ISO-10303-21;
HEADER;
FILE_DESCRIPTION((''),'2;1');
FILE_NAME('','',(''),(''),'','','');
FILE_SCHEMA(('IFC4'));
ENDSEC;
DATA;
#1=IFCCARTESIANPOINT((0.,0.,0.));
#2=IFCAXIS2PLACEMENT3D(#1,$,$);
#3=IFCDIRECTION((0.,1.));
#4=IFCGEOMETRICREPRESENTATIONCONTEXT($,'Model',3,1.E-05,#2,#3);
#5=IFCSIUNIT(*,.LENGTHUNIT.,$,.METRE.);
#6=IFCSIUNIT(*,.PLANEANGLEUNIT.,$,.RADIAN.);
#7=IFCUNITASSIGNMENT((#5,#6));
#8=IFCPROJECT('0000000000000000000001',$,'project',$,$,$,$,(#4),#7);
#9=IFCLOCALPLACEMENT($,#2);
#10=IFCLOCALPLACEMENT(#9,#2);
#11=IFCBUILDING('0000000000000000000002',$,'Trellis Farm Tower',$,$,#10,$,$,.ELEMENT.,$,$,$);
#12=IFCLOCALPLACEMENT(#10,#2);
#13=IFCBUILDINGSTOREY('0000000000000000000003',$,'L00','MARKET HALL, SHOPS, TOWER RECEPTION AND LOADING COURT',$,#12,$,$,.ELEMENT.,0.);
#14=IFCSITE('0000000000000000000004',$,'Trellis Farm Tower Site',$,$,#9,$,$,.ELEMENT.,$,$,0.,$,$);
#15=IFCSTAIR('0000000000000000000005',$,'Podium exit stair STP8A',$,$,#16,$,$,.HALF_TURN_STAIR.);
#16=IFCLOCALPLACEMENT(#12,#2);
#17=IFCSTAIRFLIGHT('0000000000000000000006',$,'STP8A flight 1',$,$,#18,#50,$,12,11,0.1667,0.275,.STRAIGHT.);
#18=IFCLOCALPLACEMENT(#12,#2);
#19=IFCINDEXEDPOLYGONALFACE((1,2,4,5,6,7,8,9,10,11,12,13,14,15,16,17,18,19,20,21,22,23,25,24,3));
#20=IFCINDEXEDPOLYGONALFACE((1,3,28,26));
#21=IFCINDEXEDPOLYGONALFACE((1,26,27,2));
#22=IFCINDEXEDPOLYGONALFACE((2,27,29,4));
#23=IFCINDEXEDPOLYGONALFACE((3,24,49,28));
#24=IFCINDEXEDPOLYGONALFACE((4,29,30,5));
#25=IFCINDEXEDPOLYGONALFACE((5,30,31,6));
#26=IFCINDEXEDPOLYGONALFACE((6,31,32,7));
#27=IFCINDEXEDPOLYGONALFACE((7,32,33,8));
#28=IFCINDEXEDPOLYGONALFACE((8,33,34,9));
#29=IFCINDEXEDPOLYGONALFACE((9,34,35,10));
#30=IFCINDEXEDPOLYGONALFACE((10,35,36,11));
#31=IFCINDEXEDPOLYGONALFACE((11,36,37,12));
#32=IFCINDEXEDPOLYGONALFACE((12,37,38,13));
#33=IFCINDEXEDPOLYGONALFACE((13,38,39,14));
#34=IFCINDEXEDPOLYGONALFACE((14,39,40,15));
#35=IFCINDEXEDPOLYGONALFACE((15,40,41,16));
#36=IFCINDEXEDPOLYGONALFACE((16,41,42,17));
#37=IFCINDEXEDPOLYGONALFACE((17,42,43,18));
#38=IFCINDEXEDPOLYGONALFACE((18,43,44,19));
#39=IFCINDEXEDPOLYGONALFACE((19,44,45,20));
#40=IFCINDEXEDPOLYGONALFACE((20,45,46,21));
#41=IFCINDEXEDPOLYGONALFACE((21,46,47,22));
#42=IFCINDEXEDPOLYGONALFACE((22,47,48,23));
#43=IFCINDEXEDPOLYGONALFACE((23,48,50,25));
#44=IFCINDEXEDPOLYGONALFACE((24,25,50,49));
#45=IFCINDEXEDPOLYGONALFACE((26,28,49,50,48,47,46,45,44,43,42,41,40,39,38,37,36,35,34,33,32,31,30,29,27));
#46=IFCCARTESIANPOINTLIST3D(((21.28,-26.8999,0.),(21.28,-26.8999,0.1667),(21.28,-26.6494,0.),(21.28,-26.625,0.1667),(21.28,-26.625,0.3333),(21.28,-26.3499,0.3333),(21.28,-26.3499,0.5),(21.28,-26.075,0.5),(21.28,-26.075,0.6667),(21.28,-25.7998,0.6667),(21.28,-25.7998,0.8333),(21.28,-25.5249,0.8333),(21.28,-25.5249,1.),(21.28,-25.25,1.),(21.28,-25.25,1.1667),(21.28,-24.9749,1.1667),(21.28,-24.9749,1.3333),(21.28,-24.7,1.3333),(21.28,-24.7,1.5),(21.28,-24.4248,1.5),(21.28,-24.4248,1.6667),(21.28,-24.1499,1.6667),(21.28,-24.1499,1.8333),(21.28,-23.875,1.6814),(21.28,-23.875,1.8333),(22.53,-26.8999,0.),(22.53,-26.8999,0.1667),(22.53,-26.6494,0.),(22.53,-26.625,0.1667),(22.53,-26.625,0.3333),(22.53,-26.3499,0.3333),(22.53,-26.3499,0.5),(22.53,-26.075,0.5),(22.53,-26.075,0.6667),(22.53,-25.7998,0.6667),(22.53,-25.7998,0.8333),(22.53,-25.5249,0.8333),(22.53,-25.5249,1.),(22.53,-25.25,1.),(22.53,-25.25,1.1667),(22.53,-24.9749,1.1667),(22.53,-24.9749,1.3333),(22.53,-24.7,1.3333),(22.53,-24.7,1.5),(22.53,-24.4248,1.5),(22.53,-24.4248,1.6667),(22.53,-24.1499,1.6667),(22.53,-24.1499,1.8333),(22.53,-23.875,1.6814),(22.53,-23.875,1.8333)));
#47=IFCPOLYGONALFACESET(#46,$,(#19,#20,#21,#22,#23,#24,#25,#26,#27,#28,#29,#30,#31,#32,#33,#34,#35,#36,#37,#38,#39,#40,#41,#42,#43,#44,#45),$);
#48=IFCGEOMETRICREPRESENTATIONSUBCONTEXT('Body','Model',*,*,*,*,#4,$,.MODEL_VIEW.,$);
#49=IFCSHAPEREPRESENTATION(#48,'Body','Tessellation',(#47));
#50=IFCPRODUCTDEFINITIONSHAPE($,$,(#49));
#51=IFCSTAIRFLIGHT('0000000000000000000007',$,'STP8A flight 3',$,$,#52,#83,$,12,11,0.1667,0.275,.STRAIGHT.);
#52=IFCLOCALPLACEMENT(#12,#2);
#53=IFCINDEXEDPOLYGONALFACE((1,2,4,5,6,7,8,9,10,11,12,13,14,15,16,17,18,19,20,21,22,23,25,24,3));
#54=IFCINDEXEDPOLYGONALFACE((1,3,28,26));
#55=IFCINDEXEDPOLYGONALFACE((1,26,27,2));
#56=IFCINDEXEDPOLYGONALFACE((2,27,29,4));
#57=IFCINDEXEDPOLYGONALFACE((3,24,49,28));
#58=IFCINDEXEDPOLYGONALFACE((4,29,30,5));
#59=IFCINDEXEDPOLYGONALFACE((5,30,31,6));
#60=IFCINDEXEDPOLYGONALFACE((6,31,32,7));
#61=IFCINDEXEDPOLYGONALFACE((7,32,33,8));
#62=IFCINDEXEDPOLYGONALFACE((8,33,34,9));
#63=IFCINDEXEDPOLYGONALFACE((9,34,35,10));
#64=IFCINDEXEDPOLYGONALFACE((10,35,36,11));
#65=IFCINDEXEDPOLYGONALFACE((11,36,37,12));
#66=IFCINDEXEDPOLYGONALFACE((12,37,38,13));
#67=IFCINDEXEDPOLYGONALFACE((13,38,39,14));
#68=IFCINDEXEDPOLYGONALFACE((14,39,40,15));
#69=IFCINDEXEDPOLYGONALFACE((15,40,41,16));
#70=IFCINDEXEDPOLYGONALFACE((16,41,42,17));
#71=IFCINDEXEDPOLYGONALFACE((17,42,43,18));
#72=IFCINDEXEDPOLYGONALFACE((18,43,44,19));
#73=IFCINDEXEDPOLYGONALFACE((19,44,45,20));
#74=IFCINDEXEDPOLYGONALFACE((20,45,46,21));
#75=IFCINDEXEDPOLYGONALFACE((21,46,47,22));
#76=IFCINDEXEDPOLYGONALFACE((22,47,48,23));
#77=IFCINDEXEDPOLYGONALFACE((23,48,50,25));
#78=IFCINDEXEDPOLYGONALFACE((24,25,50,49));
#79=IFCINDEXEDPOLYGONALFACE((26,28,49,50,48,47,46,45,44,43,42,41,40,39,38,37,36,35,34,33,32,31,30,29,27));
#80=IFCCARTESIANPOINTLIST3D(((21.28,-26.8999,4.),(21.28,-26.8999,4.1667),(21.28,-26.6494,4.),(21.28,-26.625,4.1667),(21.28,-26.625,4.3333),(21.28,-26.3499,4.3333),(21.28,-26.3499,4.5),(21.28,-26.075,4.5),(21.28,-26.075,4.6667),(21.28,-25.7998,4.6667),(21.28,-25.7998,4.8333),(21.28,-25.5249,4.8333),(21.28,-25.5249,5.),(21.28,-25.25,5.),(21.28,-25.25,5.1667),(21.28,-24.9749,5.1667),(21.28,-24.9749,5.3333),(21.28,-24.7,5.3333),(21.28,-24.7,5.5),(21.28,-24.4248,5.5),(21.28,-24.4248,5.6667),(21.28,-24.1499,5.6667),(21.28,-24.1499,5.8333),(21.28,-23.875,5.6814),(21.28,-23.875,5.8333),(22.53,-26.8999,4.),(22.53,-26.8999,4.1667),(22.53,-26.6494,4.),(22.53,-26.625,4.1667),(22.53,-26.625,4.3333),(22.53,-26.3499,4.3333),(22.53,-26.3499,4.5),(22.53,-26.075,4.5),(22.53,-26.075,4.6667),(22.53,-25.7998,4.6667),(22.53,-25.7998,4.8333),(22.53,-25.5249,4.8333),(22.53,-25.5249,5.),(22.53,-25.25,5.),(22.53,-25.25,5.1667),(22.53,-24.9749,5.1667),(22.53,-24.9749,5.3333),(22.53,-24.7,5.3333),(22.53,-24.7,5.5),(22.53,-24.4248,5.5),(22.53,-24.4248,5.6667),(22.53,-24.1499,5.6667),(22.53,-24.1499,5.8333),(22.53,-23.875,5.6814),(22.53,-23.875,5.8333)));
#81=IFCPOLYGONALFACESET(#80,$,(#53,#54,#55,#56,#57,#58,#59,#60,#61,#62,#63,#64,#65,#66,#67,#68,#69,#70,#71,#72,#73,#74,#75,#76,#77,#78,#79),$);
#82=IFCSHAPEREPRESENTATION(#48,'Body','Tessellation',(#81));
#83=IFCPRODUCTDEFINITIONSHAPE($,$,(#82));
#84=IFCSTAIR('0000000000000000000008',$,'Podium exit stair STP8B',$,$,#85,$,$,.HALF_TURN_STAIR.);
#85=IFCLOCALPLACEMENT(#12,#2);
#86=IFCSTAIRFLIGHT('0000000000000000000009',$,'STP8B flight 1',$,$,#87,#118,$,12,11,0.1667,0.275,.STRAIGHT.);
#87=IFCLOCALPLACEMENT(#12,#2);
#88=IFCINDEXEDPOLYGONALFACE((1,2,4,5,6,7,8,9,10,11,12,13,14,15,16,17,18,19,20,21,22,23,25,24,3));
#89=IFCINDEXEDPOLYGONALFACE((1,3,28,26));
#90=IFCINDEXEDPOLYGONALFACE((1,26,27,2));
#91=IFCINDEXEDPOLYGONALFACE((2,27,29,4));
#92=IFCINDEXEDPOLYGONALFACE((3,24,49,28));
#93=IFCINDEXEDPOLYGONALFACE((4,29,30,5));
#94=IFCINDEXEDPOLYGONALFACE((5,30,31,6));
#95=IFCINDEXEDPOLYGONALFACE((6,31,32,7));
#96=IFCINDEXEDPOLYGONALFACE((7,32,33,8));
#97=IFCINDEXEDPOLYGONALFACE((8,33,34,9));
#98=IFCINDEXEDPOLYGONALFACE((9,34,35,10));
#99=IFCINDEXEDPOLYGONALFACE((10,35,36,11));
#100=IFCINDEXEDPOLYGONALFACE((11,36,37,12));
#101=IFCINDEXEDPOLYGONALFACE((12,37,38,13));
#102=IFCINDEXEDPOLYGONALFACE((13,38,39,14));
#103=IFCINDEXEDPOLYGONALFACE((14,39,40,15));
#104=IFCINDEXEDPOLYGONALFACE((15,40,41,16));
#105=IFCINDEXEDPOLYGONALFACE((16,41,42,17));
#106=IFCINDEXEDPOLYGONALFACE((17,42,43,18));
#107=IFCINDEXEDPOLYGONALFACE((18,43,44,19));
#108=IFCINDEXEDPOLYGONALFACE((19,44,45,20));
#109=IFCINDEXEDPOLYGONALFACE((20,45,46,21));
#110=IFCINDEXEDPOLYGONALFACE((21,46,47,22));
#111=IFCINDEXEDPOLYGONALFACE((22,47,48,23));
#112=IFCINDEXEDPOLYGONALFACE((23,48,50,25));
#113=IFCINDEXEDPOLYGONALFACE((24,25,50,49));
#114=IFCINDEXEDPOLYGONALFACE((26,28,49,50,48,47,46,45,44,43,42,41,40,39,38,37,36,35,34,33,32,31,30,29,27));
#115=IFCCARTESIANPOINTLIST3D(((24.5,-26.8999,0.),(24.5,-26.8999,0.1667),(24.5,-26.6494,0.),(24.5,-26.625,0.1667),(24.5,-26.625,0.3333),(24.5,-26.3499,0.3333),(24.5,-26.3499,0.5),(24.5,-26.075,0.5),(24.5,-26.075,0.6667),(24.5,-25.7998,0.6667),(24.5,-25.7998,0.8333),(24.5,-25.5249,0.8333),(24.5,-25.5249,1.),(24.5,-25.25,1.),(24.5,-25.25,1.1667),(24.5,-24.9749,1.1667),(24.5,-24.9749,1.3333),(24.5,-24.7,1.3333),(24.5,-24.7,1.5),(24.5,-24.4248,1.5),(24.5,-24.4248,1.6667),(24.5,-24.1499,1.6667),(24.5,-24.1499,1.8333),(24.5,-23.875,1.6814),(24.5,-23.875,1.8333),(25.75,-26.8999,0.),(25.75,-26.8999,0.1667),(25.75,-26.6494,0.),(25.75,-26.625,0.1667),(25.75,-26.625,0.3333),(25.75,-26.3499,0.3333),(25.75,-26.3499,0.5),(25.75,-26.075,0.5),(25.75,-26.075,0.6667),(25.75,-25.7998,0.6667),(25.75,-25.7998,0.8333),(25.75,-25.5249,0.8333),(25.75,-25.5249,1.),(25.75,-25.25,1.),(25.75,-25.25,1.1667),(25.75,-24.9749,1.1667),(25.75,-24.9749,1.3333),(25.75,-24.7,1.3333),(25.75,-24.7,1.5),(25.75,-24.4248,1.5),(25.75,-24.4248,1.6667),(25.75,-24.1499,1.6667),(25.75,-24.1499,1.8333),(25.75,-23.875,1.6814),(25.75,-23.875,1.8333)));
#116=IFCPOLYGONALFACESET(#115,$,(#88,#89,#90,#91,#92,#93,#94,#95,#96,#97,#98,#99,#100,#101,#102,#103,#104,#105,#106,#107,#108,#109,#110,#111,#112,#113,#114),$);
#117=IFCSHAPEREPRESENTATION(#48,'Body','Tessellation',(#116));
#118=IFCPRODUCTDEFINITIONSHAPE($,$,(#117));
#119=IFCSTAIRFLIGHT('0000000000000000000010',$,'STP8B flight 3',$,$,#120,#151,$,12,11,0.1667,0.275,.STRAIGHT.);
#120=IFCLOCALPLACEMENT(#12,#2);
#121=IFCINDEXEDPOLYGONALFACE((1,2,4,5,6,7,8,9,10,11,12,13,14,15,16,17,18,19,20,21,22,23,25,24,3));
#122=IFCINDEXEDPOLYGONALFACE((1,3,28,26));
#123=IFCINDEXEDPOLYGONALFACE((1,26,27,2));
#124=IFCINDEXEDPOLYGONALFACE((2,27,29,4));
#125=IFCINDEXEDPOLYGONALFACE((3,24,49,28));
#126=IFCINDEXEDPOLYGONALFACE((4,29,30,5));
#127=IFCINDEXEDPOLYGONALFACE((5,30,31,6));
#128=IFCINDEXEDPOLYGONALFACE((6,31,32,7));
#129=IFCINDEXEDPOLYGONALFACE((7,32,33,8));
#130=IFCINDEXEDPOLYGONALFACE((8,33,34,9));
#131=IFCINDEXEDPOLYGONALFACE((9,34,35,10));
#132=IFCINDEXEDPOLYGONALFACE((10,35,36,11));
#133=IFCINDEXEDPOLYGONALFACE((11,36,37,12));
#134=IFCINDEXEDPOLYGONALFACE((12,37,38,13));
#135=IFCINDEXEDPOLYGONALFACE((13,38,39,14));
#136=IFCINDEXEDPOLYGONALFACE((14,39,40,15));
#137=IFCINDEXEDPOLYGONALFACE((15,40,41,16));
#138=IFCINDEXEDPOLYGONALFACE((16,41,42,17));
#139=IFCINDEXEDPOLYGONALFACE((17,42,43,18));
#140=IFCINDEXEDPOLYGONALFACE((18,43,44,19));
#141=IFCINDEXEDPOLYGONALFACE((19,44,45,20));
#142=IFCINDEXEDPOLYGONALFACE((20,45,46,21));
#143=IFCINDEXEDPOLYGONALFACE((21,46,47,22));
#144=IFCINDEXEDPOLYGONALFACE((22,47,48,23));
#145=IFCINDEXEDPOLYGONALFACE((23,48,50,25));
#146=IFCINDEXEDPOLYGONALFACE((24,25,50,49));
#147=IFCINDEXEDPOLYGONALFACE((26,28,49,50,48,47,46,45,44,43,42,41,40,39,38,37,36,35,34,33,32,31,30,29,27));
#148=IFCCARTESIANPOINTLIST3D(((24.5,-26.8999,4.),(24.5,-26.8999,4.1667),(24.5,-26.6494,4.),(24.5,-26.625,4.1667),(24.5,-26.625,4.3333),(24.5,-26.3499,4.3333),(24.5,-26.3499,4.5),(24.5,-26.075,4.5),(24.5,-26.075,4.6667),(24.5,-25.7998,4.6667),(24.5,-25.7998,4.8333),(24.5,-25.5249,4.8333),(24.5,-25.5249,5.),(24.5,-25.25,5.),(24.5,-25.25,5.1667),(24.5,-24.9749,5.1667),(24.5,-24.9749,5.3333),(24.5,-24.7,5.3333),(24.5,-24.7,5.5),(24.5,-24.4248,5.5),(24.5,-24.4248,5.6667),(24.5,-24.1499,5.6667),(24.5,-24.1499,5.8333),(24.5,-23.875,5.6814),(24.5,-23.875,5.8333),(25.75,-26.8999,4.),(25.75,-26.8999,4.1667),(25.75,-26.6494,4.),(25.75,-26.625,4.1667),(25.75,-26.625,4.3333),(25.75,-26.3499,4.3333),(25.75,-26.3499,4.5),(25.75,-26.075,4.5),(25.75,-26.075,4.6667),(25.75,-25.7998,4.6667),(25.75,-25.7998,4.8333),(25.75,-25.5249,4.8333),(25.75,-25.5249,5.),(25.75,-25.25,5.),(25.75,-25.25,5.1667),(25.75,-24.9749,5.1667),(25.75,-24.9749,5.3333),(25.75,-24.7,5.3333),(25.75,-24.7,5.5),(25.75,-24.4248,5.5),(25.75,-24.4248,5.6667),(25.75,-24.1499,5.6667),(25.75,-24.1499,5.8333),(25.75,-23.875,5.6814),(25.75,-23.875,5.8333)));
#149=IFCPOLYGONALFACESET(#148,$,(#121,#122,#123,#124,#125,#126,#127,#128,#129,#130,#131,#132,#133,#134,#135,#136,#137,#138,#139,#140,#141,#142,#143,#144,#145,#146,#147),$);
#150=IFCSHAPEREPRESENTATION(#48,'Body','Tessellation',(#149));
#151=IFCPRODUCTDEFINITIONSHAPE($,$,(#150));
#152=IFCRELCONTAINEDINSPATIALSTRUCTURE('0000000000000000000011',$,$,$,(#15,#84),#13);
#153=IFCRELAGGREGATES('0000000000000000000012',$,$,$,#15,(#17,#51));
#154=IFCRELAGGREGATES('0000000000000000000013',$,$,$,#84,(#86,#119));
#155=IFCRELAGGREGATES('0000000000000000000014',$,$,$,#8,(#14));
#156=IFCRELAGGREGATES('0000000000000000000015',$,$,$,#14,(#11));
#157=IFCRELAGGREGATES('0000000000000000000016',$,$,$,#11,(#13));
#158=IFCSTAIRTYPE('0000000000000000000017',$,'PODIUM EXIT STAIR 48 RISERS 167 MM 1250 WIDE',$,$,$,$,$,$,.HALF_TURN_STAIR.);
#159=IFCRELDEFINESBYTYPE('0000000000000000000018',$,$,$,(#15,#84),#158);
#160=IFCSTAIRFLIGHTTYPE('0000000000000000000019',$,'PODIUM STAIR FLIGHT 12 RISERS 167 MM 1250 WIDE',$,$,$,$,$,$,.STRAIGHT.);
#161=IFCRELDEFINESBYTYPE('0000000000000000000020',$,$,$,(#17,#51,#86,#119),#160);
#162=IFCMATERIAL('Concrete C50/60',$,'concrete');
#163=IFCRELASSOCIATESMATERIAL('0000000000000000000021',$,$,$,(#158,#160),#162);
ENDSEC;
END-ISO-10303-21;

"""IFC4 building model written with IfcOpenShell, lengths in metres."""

from ifc_helpers import new_model, si_unit, direction, frame, origin, place, context, subcontext, project, spatial, polyline, outline, extrude, source, transform, mapped, material, type_object, element, aggregate, save


model = new_model("IFC4")

# Units and contexts
model_context = context("Model", 3, precision=1e-05, world=origin(), true_north=direction((0.0, 1.0)))
body_context = subcontext(model_context, "Body", "Model", "MODEL_VIEW")
ifc_project = project(units=[si_unit("LENGTHUNIT", "METRE"), si_unit("PLANEANGLEUNIT", "RADIAN")], contexts=[model_context])

# Site, building, storey
site_placement = place(None, origin())
site = spatial("IfcSite", under=ifc_project, at=site_placement, Name="Trellis Farm Tower Site", CompositionType="ELEMENT", RefElevation=0.0)
building_placement = place(site_placement, origin())
building = spatial("IfcBuilding", under=site, at=building_placement, Name="Trellis Farm Tower", CompositionType="ELEMENT")
storey_placement = place(building_placement, origin())
storey = spatial("IfcBuildingStorey", under=building, at=storey_placement, Name="L00", Description="MARKET HALL, SHOPS, TOWER RECEPTION AND LOADING COURT", CompositionType="ELEMENT", Elevation=0.0)

# Stairs, stair flights
ifc_material_1 = material(Name="Concrete C50/60", Category="concrete")
stair_type = type_object("IfcStairType", Name="PODIUM EXIT STAIR 48 RISERS 167 MM 1250 WIDE", PredefinedType="HALF_TURN_STAIR", material=ifc_material_1)
placement = place(storey_placement, origin())
stair_1 = element("IfcStair", 1, at=placement, inside=storey, type_object=stair_type, Name="Podium exit stair STP8A", PredefinedType="HALF_TURN_STAIR")
stair_flight_type = type_object("IfcStairFlightType", Name="PODIUM STAIR FLIGHT 12 RISERS 167 MM 1250 WIDE", PredefinedType="STRAIGHT", material=ifc_material_1)
shared_shape_1 = source(origin(), body_context, "Body", "SweptSolid", [
    extrude(outline(polyline([(0.0, 0.0), (0.0, 0.1667), (0.2749, 0.1667), (0.2749, 0.3333), (0.55, 0.3333), (0.55, 0.5), (0.825, 0.5), (0.825, 0.6667), (1.1001, 0.6667), (1.1001, 0.8333), (1.375, 0.8333), (1.375, 1.0), (1.6499, 1.0), (1.6499, 1.1667), (1.925, 1.1667), (1.925, 1.3333), (2.2, 1.3333), (2.2, 1.5), (2.4751, 1.5), (2.4751, 1.6667), (2.75, 1.6667), (2.75, 1.8333), (3.0249, 1.8333), (3.0249, 2.0), (3.0249, 1.6814), (0.2505, 0.0), (0.0, 0.0)])), frame((0.0, 0.625, 0.0), z_axis=(0.0, -1.0, 0.0), x_axis=(1.0, 0.0, 0.0)), (0.0, 0.0, 1.0), 1.25),
])
stair_flight_1_placement = place(storey_placement, frame((21.905, -26.8999, 0.0), z_axis=(0.0, 0.0, 1.0), x_axis=(0.0, 1.0, 0.0)))
stair_flight_1 = element("IfcStairFlight", 2, at=stair_flight_1_placement, type_object=stair_flight_type, Name="STP8A flight 1", NumberOfRisers=12, NumberOfTreads=11, PredefinedType="STRAIGHT", RiserHeight=0.1667, TreadLength=0.275, context=body_context, shape_type="MappedRepresentation", body=[
    mapped(shared_shape_1, transform((0.0, 0.0, 0.0))),
])
stair_flight_2_placement = place(storey_placement, frame((21.905, -26.8999, 4.0), z_axis=(0.0, 0.0, 1.0), x_axis=(0.0, 1.0, 0.0)))
stair_flight_2 = element("IfcStairFlight", 3, at=stair_flight_2_placement, type_object=stair_flight_type, Name="STP8A flight 3", NumberOfRisers=12, NumberOfTreads=11, PredefinedType="STRAIGHT", RiserHeight=0.1667, TreadLength=0.275, context=body_context, shape_type="MappedRepresentation", body=[
    mapped(shared_shape_1, transform((0.0, 0.0, 0.0))),
])
aggregate(stair_1, [stair_flight_1, stair_flight_2])
stair_2 = element("IfcStair", 4, at=placement, inside=storey, type_object=stair_type, Name="Podium exit stair STP8B", PredefinedType="HALF_TURN_STAIR")
stair_flight_3_placement = place(storey_placement, frame((25.125, -26.8999, 0.0), z_axis=(0.0, 0.0, 1.0), x_axis=(0.0, 1.0, 0.0)))
stair_flight_3 = element("IfcStairFlight", 5, at=stair_flight_3_placement, type_object=stair_flight_type, Name="STP8B flight 1", NumberOfRisers=12, NumberOfTreads=11, PredefinedType="STRAIGHT", RiserHeight=0.1667, TreadLength=0.275, context=body_context, shape_type="MappedRepresentation", body=[
    mapped(shared_shape_1, transform((0.0, 0.0, 0.0))),
])
stair_flight_4_placement = place(storey_placement, frame((25.125, -26.8999, 4.0), z_axis=(0.0, 0.0, 1.0), x_axis=(0.0, 1.0, 0.0)))
stair_flight_4 = element("IfcStairFlight", 6, at=stair_flight_4_placement, type_object=stair_flight_type, Name="STP8B flight 3", NumberOfRisers=12, NumberOfTreads=11, PredefinedType="STRAIGHT", RiserHeight=0.1667, TreadLength=0.275, context=body_context, shape_type="MappedRepresentation", body=[
    mapped(shared_shape_1, transform((0.0, 0.0, 0.0))),
])
aggregate(stair_2, [stair_flight_3, stair_flight_4])

save(model, "model.ifc")
